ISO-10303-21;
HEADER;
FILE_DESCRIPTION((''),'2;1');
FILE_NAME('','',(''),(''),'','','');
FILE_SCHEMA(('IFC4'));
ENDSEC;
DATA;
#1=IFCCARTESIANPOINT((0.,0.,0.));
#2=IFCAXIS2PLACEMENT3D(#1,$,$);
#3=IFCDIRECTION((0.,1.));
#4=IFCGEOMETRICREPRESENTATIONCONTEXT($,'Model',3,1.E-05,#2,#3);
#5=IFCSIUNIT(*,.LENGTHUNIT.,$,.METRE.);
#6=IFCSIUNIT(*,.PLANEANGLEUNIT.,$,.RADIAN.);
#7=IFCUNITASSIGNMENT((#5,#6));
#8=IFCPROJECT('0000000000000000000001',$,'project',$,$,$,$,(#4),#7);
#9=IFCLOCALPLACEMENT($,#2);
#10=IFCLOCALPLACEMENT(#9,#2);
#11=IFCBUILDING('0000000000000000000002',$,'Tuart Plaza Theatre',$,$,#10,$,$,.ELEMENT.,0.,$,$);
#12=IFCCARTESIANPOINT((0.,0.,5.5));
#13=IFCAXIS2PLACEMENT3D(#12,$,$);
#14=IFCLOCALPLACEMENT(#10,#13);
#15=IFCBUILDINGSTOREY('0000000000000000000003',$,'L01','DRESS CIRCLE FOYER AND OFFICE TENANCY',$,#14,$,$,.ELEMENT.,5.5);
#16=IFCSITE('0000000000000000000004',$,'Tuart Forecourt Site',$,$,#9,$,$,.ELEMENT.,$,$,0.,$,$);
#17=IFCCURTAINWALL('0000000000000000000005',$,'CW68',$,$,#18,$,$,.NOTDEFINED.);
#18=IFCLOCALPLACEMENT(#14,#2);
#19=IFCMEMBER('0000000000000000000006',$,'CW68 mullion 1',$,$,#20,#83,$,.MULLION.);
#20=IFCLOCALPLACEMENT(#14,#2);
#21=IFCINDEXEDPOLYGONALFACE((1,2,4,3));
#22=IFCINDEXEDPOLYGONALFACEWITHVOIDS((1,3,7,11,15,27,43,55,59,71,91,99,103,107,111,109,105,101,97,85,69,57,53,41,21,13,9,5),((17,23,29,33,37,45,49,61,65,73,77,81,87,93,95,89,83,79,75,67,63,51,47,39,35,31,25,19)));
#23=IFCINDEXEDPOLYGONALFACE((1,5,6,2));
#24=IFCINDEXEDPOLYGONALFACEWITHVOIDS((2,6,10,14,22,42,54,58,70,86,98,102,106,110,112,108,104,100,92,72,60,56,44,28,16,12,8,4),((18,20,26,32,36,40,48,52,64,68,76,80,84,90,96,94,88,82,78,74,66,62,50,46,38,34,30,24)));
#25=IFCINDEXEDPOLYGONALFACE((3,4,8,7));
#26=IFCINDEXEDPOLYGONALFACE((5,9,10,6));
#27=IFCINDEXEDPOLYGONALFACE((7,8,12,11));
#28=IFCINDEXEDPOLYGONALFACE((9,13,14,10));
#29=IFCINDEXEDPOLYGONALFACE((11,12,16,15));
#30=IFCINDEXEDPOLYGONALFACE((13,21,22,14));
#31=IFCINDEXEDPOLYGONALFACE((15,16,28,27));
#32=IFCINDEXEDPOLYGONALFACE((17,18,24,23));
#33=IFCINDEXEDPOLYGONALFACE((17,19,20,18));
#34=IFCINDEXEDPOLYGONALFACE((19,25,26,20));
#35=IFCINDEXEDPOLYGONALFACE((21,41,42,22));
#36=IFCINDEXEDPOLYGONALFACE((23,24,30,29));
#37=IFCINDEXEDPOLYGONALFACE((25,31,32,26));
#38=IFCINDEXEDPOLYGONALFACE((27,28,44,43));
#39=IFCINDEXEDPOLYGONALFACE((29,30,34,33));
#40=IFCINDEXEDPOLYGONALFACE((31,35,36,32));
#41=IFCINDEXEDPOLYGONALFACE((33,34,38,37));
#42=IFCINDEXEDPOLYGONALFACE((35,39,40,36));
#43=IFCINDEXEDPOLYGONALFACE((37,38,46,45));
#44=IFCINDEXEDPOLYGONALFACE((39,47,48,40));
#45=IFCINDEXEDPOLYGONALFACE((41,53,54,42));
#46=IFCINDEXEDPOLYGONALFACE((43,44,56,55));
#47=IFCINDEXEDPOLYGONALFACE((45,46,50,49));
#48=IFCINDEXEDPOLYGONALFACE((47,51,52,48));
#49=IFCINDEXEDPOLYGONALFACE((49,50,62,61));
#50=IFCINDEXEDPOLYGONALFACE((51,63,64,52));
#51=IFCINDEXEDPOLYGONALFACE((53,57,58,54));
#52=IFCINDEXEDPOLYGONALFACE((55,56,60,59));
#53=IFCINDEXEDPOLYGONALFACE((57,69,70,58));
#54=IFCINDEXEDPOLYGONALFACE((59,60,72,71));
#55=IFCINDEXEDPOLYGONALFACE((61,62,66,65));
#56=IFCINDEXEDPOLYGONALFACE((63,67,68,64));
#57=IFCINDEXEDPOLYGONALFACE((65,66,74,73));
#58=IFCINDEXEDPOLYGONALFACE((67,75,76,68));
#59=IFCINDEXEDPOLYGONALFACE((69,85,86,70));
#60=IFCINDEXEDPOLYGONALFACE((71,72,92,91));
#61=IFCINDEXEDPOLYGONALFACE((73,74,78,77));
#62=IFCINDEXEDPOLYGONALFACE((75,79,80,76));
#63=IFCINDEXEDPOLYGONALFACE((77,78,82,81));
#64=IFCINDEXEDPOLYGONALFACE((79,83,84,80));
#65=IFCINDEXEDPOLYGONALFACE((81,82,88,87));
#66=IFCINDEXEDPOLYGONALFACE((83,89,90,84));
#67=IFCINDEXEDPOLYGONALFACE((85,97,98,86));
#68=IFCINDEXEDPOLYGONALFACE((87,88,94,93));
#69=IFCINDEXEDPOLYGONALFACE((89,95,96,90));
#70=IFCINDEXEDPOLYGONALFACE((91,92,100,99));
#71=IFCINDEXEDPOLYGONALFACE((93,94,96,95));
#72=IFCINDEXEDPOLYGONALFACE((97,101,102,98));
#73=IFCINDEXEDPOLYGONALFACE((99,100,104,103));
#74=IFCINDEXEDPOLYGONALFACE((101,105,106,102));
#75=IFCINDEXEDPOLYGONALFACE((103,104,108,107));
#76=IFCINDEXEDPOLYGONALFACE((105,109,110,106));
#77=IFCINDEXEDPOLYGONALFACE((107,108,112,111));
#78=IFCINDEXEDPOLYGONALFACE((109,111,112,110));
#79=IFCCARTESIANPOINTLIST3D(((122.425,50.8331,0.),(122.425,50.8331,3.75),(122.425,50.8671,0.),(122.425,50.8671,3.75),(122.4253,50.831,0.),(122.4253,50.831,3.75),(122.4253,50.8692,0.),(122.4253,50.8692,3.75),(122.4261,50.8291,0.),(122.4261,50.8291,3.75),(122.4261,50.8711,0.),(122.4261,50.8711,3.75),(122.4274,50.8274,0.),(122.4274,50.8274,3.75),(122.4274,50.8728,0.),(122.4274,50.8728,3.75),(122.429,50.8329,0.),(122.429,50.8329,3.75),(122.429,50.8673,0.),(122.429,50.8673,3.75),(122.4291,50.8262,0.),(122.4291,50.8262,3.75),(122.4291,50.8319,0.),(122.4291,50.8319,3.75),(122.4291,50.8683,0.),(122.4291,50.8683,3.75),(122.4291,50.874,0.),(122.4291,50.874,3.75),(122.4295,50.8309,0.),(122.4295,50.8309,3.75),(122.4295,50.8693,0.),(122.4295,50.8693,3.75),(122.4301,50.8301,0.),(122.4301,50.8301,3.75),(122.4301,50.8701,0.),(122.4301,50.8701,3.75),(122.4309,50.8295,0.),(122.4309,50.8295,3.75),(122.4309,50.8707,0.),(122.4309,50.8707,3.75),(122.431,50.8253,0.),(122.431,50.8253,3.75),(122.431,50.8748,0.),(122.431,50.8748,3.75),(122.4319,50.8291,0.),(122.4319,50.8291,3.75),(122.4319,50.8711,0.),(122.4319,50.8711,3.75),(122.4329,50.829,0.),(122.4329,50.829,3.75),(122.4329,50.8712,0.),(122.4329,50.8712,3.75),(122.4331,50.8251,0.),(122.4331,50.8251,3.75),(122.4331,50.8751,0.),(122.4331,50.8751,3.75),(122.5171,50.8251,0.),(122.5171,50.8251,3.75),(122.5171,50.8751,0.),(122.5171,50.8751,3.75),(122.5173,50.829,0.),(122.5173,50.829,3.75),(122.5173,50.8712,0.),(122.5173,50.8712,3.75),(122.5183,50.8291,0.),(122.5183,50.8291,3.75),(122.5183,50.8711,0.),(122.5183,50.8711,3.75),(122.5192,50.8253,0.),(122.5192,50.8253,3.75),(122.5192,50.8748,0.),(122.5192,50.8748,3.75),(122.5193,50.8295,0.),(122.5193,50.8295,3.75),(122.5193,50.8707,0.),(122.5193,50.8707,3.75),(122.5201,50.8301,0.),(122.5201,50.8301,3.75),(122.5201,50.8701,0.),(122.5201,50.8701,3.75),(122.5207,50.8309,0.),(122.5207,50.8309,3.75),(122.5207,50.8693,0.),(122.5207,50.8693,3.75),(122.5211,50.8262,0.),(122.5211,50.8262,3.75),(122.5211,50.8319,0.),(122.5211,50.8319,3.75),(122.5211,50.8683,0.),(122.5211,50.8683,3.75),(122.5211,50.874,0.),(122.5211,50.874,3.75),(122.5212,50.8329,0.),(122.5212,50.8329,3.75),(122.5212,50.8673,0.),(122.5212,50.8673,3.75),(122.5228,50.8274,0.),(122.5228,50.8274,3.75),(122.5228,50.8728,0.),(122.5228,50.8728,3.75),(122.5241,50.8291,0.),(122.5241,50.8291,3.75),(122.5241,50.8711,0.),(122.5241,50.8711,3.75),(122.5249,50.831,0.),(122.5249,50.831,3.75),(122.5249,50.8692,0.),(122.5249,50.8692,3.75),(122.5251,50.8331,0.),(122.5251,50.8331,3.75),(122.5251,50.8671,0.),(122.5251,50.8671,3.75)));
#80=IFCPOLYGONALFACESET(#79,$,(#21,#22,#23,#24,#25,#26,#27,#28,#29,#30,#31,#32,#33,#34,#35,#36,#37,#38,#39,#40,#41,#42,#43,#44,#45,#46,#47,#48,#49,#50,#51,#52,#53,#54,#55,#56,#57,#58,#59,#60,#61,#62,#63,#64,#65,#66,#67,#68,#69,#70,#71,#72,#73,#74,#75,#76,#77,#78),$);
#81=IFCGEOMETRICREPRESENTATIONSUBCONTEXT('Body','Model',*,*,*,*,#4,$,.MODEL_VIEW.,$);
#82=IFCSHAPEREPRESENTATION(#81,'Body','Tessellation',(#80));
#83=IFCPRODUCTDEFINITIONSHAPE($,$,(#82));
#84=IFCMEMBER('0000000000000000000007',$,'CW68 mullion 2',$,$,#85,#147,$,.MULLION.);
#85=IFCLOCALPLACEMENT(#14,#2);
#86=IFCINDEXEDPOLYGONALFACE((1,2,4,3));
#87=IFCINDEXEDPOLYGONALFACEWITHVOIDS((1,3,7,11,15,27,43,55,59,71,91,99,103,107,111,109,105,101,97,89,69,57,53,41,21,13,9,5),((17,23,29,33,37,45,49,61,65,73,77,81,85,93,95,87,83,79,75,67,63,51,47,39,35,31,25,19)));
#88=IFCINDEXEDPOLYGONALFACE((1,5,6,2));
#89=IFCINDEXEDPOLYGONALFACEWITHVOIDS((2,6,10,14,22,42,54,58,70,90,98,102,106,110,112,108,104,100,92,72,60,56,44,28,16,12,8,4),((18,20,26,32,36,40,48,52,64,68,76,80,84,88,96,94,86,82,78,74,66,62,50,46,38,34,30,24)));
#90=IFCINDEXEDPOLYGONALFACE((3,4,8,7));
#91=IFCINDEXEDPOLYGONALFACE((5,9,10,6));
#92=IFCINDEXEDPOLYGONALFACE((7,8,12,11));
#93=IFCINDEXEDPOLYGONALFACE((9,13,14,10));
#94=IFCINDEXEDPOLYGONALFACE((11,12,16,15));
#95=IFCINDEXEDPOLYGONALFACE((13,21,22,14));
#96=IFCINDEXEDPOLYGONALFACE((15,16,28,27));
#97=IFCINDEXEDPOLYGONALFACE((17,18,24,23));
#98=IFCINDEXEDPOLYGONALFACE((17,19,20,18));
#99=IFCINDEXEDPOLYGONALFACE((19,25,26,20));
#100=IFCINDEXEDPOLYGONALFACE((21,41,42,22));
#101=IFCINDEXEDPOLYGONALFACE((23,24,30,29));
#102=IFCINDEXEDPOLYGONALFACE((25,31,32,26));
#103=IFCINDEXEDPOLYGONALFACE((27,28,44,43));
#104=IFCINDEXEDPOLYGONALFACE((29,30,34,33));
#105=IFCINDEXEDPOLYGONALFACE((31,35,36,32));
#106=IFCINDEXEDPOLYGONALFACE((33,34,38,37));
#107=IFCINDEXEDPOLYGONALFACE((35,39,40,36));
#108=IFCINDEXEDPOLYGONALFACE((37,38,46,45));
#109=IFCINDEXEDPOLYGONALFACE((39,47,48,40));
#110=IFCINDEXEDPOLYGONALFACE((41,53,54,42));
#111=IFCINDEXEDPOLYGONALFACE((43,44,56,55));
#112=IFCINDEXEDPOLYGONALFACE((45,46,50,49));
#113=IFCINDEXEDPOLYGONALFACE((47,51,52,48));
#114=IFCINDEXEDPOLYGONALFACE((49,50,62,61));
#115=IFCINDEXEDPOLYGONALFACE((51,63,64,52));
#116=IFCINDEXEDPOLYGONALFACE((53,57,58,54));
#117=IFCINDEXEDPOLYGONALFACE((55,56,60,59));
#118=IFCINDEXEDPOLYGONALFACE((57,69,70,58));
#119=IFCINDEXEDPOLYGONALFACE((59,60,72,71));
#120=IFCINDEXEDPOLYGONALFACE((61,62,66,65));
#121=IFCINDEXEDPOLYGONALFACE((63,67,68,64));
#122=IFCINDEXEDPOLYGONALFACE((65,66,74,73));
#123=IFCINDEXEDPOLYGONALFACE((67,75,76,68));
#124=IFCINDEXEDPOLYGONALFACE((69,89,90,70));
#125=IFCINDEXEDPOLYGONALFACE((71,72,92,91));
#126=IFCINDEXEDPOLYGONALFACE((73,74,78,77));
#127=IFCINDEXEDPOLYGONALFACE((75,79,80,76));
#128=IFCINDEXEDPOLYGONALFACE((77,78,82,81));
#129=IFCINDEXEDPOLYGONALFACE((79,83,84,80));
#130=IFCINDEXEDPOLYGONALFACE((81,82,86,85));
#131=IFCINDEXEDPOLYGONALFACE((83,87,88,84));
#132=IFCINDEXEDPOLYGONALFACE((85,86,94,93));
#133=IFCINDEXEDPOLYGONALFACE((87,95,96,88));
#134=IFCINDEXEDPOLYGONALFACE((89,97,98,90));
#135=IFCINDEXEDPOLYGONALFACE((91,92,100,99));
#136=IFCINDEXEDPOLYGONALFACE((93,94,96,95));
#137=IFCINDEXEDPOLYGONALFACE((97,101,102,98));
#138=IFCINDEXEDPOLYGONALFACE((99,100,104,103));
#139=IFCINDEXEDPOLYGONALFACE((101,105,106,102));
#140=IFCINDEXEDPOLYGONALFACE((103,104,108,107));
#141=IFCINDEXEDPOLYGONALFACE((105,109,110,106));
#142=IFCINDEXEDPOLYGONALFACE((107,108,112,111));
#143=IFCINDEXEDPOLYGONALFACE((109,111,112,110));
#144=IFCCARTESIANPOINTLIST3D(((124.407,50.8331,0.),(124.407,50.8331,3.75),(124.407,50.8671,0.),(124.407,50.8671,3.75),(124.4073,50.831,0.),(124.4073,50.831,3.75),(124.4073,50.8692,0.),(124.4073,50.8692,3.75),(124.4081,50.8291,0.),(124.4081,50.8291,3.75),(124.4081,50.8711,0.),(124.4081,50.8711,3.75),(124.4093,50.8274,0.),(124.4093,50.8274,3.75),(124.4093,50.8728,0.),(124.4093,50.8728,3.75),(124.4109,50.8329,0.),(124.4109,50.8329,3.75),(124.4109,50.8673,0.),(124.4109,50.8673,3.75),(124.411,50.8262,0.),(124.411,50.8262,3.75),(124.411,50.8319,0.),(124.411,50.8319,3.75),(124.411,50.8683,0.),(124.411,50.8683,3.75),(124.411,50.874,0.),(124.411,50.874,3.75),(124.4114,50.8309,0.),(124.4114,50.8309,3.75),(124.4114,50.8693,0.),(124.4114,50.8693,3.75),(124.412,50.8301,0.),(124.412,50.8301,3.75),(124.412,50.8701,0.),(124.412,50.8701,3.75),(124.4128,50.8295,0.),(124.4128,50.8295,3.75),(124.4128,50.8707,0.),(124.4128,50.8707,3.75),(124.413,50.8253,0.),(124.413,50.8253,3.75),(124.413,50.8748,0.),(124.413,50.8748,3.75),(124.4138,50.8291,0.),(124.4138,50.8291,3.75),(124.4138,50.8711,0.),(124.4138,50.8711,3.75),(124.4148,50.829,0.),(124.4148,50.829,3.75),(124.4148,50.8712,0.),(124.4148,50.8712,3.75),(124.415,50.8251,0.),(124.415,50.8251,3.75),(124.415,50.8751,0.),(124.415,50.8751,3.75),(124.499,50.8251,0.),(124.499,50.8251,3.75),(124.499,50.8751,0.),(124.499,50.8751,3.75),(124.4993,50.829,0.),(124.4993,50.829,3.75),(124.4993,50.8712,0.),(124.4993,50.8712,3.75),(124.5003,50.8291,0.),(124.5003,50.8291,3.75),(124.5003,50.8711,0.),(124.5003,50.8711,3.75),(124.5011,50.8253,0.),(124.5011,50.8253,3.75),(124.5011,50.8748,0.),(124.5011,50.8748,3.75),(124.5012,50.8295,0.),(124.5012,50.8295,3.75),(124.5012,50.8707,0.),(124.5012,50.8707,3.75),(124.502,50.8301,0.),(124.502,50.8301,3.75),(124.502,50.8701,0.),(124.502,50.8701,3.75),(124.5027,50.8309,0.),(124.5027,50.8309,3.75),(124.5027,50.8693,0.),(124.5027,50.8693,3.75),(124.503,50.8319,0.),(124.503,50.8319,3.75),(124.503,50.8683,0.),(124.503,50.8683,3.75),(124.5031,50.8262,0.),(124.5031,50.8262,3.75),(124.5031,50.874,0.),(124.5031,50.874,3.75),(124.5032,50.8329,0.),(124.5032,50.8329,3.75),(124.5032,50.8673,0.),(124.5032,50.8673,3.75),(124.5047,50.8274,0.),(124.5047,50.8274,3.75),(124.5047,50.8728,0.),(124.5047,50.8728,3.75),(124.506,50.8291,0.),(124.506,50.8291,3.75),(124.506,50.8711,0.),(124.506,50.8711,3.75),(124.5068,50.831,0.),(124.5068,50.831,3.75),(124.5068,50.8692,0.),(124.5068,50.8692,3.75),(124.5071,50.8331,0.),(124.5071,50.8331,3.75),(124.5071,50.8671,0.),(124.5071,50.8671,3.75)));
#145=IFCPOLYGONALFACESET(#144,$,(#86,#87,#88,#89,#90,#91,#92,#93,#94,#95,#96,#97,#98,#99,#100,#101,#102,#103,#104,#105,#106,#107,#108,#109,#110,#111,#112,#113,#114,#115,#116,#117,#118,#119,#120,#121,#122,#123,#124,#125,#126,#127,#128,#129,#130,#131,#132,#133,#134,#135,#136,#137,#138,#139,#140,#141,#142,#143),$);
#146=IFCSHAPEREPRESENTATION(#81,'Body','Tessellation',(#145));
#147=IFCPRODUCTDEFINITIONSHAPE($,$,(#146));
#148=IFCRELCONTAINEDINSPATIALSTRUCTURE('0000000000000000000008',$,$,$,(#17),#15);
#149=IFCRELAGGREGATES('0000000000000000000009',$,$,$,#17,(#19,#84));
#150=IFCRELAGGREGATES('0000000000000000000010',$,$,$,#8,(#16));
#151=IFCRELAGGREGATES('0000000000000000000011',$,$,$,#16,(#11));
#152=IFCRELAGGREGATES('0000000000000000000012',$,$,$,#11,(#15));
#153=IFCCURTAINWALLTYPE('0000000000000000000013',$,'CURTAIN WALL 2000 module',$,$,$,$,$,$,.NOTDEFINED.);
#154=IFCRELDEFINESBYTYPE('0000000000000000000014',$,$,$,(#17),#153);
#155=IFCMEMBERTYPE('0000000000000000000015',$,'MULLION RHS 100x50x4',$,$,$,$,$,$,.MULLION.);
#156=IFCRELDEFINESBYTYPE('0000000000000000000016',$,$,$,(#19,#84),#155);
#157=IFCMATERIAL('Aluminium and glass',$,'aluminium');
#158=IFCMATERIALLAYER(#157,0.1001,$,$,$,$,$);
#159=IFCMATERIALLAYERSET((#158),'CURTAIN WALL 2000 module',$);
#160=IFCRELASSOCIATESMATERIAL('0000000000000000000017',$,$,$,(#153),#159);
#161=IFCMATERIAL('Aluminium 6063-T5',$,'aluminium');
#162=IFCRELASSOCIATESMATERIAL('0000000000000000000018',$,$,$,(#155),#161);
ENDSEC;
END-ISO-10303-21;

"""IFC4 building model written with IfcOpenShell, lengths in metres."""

from ifc_helpers import new_model, si_unit, direction, frame, origin, origin_2d, place, context, subcontext, project, spatial, hollow_rectangle, extrude, material, layer, layer_set, material_profile, profile_set, type_object, element, aggregate, save


model = new_model("IFC4")

# Units and contexts
model_context = context("Model", 3, precision=1e-05, world=origin(), true_north=direction((0.0, 1.0)))
body_context = subcontext(model_context, "Body", "Model", "MODEL_VIEW")
ifc_project = project(units=[si_unit("LENGTHUNIT", "METRE"), si_unit("PLANEANGLEUNIT", "RADIAN")], contexts=[model_context])

# Site, building, storey
site_placement = place(None, origin())
site = spatial("IfcSite", under=ifc_project, at=site_placement, Name="Tuart Forecourt Site", CompositionType="ELEMENT", RefElevation=0.0)
building_placement = place(site_placement, origin())
building = spatial("IfcBuilding", under=site, at=building_placement, Name="Tuart Plaza Theatre", CompositionType="ELEMENT", ElevationOfRefHeight=0.0)
storey_placement = place(building_placement, frame((0.0, 0.0, 5.5)))
storey = spatial("IfcBuildingStorey", under=building, at=storey_placement, Name="L01", Description="DRESS CIRCLE FOYER AND OFFICE TENANCY", CompositionType="ELEMENT", Elevation=5.5)

# Curtain wall, members
ifc_material_1 = material(Name="Aluminium and glass", Category="aluminium")
ifc_layer_1 = layer(ifc_material_1, 0.1001)
ifc_layer_set_1 = layer_set([ifc_layer_1], Name="CURTAIN WALL 2000 module")
curtain_wall_type = type_object("IfcCurtainWallType", Name="CURTAIN WALL 2000 module", PredefinedType="NOTDEFINED", material=ifc_layer_set_1)
ifc_material_2 = material(Name="Aluminium 6063-T5", Category="aluminium")
ifc_material_profile_1 = material_profile(ifc_material_2, hollow_rectangle(XDim=0.05, YDim=0.1001, WallThickness=0.0039, InnerFilletRadius=0.0039, OuterFilletRadius=0.0081, at=origin_2d()), Name="RHS 100x50x4")
ifc_profile_set_1 = profile_set([ifc_material_profile_1], Name="Aluminium 6063-T5")
member_type_1 = type_object("IfcMemberType", Name="MULLION RHS 100x50x4", PredefinedType="MULLION", material=ifc_profile_set_1)
curtain_wall_1_placement = place(storey_placement, origin())
curtain_wall_1 = element("IfcCurtainWall", 1, at=curtain_wall_1_placement, inside=storey, type_object=curtain_wall_type, Name="CW68", PredefinedType="NOTDEFINED")
member_1_placement = place(storey_placement, frame((122.4751, 50.8501, 0.0), z_axis=(0.0, 0.0, 1.0), x_axis=(0.0, 1.0, 0.0)))
member_1 = element("IfcMember", 2, at=member_1_placement, type_object=member_type_1, Name="CW68 mullion 1", PredefinedType="MULLION", context=body_context, shape_type="SweptSolid", body=[
    extrude(hollow_rectangle(XDim=0.05, YDim=0.1001, WallThickness=0.0039, InnerFilletRadius=0.0039, OuterFilletRadius=0.0081, at=origin_2d()), origin(), (0.0, 0.0, 1.0), 3.75),
])
member_2_placement = place(storey_placement, frame((124.457, 50.8501, 0.0), z_axis=(0.0, 0.0, 1.0), x_axis=(0.0, 1.0, 0.0)))
member_2 = element("IfcMember", 3, at=member_2_placement, type_object=member_type_1, Name="CW68 mullion 2", PredefinedType="MULLION", context=body_context, shape_type="SweptSolid", body=[
    extrude(hollow_rectangle(XDim=0.05, YDim=0.1001, WallThickness=0.0039, InnerFilletRadius=0.0039, OuterFilletRadius=0.0081, at=origin_2d()), origin(), (0.0, 0.0, 1.0), 3.75),
])

aggregate(curtain_wall_1, [member_1, member_2])

save(model, "model.ifc")
